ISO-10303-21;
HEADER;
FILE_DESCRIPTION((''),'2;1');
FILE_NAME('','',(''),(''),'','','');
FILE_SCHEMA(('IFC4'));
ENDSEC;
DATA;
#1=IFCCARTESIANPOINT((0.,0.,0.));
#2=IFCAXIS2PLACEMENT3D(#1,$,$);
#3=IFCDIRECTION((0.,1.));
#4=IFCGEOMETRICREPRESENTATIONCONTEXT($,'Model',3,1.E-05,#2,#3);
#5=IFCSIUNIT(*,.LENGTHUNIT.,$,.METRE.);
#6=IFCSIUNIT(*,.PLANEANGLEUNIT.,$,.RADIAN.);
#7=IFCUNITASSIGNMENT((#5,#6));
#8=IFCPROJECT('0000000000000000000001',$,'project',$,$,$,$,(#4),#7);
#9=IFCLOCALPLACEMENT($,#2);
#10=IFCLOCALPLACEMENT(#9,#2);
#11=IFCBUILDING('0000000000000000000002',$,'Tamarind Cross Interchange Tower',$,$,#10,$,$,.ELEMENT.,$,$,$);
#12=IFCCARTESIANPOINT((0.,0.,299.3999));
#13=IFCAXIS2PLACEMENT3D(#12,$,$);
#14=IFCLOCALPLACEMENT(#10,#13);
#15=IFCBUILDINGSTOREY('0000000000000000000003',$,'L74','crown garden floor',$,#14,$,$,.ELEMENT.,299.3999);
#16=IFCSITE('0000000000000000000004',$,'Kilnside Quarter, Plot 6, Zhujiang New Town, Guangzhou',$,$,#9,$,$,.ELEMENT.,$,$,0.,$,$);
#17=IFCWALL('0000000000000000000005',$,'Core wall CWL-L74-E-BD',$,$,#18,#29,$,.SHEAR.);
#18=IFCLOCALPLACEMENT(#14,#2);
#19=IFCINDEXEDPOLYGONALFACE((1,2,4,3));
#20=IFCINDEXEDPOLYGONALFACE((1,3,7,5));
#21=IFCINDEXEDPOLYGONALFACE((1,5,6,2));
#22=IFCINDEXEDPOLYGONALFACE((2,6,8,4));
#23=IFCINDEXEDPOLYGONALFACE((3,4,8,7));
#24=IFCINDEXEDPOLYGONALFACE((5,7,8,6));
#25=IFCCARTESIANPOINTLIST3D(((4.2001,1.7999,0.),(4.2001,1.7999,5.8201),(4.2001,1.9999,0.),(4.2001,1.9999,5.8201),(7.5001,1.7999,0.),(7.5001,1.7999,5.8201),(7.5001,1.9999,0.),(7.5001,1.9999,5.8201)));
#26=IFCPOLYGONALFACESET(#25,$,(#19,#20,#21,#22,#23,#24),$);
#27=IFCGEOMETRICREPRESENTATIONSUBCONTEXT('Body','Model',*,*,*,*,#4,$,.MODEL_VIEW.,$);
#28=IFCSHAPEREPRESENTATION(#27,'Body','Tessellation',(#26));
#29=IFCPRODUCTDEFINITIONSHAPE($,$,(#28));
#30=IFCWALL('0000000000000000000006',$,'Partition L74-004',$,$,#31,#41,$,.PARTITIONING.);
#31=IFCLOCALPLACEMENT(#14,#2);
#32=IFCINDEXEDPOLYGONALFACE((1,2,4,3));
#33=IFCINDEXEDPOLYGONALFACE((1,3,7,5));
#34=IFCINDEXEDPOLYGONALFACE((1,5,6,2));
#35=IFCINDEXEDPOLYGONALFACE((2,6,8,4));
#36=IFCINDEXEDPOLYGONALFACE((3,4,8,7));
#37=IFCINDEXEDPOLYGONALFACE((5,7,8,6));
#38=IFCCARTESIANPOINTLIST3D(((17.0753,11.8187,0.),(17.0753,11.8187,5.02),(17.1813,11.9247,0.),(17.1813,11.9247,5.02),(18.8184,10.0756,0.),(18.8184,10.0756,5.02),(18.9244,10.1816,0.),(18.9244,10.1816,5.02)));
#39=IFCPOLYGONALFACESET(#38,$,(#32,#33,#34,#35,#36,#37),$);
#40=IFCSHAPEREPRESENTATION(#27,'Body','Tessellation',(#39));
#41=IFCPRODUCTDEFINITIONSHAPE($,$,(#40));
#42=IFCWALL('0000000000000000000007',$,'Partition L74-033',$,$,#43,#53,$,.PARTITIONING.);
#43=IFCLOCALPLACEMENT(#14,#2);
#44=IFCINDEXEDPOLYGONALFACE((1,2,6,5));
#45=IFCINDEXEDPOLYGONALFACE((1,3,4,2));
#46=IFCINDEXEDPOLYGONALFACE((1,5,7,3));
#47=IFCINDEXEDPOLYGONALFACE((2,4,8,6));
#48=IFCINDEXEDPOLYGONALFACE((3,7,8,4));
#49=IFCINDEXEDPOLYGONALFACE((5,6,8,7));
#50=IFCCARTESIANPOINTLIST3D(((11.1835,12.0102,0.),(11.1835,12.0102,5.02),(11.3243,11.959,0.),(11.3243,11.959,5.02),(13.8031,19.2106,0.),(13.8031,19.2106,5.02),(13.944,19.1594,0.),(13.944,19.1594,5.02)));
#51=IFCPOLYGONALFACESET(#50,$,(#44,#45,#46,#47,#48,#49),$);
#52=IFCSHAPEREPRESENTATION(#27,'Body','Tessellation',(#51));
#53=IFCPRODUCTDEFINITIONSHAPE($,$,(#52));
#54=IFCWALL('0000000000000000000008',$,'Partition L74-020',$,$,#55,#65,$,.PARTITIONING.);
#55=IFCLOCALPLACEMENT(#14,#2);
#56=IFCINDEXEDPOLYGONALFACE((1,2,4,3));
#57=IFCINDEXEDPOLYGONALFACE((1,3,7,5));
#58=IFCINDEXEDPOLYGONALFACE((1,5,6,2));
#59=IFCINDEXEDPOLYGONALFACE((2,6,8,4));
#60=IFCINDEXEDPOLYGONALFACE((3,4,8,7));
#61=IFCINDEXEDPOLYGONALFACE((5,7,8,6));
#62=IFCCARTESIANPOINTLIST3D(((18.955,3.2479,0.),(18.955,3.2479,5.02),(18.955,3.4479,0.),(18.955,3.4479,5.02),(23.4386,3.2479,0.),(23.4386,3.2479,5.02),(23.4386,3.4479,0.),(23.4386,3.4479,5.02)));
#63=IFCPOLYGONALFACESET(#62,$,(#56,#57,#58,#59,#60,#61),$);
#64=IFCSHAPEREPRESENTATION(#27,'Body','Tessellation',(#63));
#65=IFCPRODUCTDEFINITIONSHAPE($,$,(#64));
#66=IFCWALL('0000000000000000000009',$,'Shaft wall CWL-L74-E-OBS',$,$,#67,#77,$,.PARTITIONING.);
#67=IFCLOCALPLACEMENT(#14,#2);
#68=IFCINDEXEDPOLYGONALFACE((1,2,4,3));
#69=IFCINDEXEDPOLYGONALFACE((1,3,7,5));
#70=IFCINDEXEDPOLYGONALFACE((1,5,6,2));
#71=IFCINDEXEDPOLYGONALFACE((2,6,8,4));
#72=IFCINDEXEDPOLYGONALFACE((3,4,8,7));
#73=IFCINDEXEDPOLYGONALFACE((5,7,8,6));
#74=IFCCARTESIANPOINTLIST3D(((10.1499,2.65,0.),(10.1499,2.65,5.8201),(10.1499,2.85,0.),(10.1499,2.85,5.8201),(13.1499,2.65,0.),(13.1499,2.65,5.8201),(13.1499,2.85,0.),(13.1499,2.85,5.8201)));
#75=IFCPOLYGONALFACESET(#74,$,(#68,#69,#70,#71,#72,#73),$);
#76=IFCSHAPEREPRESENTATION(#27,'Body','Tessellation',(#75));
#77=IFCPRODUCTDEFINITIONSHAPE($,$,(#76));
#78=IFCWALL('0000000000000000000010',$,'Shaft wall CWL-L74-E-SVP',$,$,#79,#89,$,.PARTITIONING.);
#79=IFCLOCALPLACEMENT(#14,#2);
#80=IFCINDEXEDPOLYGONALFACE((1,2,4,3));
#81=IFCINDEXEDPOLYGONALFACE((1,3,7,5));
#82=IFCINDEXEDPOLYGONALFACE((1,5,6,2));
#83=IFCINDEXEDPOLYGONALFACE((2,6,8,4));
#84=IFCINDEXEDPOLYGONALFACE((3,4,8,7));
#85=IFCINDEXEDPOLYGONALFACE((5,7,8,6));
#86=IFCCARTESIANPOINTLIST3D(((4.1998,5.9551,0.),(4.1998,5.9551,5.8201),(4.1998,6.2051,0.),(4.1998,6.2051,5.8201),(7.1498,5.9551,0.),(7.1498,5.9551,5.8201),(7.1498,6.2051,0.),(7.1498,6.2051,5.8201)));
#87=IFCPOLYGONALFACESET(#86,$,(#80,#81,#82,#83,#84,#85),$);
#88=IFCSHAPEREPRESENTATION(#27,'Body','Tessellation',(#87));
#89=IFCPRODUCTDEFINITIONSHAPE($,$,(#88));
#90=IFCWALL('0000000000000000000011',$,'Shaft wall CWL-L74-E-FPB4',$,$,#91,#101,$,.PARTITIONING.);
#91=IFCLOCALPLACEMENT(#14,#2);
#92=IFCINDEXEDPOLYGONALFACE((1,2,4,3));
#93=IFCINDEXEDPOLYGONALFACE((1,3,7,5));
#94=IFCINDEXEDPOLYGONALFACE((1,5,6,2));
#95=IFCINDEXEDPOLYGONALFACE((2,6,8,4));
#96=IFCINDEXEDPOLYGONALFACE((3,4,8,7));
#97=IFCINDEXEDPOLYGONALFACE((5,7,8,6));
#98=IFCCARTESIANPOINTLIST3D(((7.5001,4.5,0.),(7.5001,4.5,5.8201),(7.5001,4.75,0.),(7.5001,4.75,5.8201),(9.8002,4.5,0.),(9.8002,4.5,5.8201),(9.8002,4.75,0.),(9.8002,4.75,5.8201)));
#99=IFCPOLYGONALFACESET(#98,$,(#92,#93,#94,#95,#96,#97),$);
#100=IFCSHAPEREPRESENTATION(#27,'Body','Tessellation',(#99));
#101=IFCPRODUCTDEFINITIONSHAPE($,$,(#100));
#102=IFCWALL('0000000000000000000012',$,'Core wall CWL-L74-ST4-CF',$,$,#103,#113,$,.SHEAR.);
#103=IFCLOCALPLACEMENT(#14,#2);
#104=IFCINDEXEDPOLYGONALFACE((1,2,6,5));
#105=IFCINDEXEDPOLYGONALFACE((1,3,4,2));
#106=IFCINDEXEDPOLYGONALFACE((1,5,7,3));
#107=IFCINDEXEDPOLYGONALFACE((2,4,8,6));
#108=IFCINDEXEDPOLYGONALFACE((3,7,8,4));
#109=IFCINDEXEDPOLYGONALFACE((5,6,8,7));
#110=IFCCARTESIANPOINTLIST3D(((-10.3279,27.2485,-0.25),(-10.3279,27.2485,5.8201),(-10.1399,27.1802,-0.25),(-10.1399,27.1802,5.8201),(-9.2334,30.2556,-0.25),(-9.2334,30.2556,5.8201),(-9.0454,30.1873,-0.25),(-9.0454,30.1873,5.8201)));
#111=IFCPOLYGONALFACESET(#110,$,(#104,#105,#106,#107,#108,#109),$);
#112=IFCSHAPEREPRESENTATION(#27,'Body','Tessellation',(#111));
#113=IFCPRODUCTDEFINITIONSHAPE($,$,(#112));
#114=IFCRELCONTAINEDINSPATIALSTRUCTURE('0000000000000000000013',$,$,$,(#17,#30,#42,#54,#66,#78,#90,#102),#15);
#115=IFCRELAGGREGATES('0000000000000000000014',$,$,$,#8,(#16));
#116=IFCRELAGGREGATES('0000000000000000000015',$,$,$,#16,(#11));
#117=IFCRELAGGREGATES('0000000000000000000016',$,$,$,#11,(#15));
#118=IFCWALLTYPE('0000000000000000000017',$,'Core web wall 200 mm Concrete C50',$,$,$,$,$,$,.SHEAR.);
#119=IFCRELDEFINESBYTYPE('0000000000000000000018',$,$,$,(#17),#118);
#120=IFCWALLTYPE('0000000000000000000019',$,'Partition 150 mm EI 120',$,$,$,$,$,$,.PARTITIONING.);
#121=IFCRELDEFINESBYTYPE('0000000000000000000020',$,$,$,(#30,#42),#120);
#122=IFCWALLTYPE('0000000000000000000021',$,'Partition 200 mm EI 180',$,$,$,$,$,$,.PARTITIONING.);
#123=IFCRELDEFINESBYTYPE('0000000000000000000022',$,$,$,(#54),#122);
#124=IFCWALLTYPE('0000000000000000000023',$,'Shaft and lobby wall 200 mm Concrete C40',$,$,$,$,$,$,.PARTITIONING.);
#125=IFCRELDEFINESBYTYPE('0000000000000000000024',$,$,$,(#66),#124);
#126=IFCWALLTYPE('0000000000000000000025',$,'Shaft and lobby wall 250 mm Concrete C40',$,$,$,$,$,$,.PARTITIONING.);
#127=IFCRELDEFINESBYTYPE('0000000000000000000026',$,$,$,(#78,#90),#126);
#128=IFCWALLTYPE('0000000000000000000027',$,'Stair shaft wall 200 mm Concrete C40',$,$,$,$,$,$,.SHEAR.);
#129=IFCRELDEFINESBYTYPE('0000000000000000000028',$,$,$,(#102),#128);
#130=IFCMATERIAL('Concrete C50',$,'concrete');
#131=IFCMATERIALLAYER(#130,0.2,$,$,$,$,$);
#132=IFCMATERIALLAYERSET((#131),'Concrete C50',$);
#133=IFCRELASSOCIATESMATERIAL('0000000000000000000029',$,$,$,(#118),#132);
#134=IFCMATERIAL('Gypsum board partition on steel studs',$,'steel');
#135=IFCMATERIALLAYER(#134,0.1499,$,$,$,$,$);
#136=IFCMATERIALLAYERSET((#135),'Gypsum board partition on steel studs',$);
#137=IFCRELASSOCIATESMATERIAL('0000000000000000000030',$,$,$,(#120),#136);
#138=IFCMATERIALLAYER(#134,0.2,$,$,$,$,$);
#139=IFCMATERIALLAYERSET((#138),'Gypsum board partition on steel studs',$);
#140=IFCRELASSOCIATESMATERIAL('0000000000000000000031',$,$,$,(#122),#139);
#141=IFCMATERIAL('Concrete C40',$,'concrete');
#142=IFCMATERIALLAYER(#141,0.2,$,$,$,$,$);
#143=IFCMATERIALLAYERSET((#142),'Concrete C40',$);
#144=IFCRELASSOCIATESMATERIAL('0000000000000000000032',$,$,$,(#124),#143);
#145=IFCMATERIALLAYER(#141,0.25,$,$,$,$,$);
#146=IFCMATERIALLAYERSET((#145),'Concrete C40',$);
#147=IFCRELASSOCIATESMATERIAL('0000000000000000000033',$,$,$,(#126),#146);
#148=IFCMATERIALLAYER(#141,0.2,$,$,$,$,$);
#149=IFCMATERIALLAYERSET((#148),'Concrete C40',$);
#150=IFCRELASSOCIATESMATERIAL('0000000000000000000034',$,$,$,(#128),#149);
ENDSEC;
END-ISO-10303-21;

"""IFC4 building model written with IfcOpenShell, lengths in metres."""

from ifc_helpers import new_model, si_unit, direction, frame, frame_2d, origin, place, context, subcontext, project, spatial, polyline, rectangle, outline, extrude, material, layer, layer_set, type_object, element, save


model = new_model("IFC4")

# Units and contexts
model_context = context("Model", 3, precision=1e-05, world=origin(), true_north=direction((0.0, 1.0)))
body_context = subcontext(model_context, "Body", "Model", "MODEL_VIEW")
ifc_project = project(units=[si_unit("LENGTHUNIT", "METRE"), si_unit("PLANEANGLEUNIT", "RADIAN")], contexts=[model_context])

# Site, building, storey
site_placement = place(None, origin())
site = spatial("IfcSite", under=ifc_project, at=site_placement, Name="Kilnside Quarter, Plot 6, Zhujiang New Town, Guangzhou", CompositionType="ELEMENT", RefElevation=0.0)
building_placement = place(site_placement, origin())
building = spatial("IfcBuilding", under=site, at=building_placement, Name="Tamarind Cross Interchange Tower", CompositionType="ELEMENT")
storey_placement = place(building_placement, frame((0.0, 0.0, 299.3999)))
storey = spatial("IfcBuildingStorey", under=building, at=storey_placement, Name="L74", Description="crown garden floor", CompositionType="ELEMENT", Elevation=299.3999)

# Shared definitions
ifc_material_1 = material(Name="Concrete C40", Category="concrete")

# Shared definitions
ifc_material_2 = material(Name="Concrete C50", Category="concrete")

# Walls
ifc_layer_1 = layer(ifc_material_2, 0.2)
ifc_layer_set_1 = layer_set([ifc_layer_1], Name="Concrete C50")
wall_type_1 = type_object("IfcWallType", Name="Core web wall 200 mm Concrete C50", PredefinedType="SHEAR", material=ifc_layer_set_1)
wall_1_placement = place(storey_placement, frame((7.5, 1.8999, 0.0), z_axis=(0.0, 0.0, 1.0), x_axis=(-1.0, 0.0, 0.0)))
element("IfcWall", 1, at=wall_1_placement, inside=storey, type_object=wall_type_1, Name="Core wall CWL-L74-E-BD", PredefinedType="SHEAR", context=body_context, shape_type="SweptSolid", body=[
    extrude(rectangle(XDim=3.3, YDim=0.2, at=frame_2d((1.6499, 0.0))), origin(), (0.0, 0.0, 1.0), 5.8201),
])
ifc_material_3 = material(Name="Gypsum board partition on steel studs", Category="steel")
ifc_layer_2 = layer(ifc_material_3, 0.1499)
ifc_layer_set_2 = layer_set([ifc_layer_2], Name="Gypsum board partition on steel studs")
wall_type_2 = type_object("IfcWallType", Name="Partition 150 mm EI 120", PredefinedType="PARTITIONING", material=ifc_layer_set_2)
wall_2_placement = place(storey_placement, frame((17.1284, 11.8716, 0.0), z_axis=(0.0, 0.0, 1.0), x_axis=(0.707107, -0.707107, 0.0)))
element("IfcWall", 2, at=wall_2_placement, inside=storey, type_object=wall_type_2, Name="Partition L74-004", PredefinedType="PARTITIONING", context=body_context, shape_type="SweptSolid", body=[
    extrude(rectangle(XDim=2.4651, YDim=0.1499, at=frame_2d((1.2324, 0.0))), origin(), (0.0, 0.0, 1.0), 5.02),
])
wall_3_placement = place(storey_placement, frame((11.2539, 11.9846, 0.0), z_axis=(0.0, 0.0, 1.0), x_axis=(0.341891, 0.939739, 0.0)))
element("IfcWall", 3, at=wall_3_placement, inside=storey, type_object=wall_type_2, Name="Partition L74-033", PredefinedType="PARTITIONING", context=body_context, shape_type="SweptSolid", body=[
    extrude(rectangle(XDim=7.6621, YDim=0.1499, at=frame_2d((3.8311, 0.0))), origin(), (0.0, 0.0, 1.0), 5.02),
])
ifc_layer_3 = layer(ifc_material_3, 0.2)
ifc_layer_set_3 = layer_set([ifc_layer_3], Name="Gypsum board partition on steel studs")
wall_type_3 = type_object("IfcWallType", Name="Partition 200 mm EI 180", PredefinedType="PARTITIONING", material=ifc_layer_set_3)
wall_4_placement = place(storey_placement, frame((18.9551, 3.3479, 0.0), z_axis=(0.0, 0.0, 1.0), x_axis=(1.0, 0.0, 0.0)))
element("IfcWall", 4, at=wall_4_placement, inside=storey, type_object=wall_type_3, Name="Partition L74-020", PredefinedType="PARTITIONING", context=body_context, shape_type="SweptSolid", body=[
    extrude(rectangle(XDim=4.4836, YDim=0.2, at=frame_2d((2.2417, 0.0))), origin(), (0.0, 0.0, 1.0), 5.02),
])
ifc_layer_4 = layer(ifc_material_1, 0.2)
ifc_layer_set_4 = layer_set([ifc_layer_4], Name="Concrete C40")
wall_type_4 = type_object("IfcWallType", Name="Shaft and lobby wall 200 mm Concrete C40", PredefinedType="PARTITIONING", material=ifc_layer_set_4)
wall_5_placement = place(storey_placement, frame((13.1499, 2.75, 0.0), z_axis=(0.0, 0.0, 1.0), x_axis=(-1.0, 0.0, 0.0)))
element("IfcWall", 5, at=wall_5_placement, inside=storey, type_object=wall_type_4, Name="Shaft wall CWL-L74-E-OBS", PredefinedType="PARTITIONING", context=body_context, shape_type="SweptSolid", body=[
    extrude(rectangle(XDim=3.0, YDim=0.2, at=frame_2d((1.5, 0.0))), origin(), (0.0, 0.0, 1.0), 5.8201),
])
ifc_layer_5 = layer(ifc_material_1, 0.25)
ifc_layer_set_5 = layer_set([ifc_layer_5], Name="Concrete C40")
wall_type_5 = type_object("IfcWallType", Name="Shaft and lobby wall 250 mm Concrete C40", PredefinedType="PARTITIONING", material=ifc_layer_set_5)
wall_6_placement = place(storey_placement, frame((7.1499, 6.0801, 0.0), z_axis=(0.0, 0.0, 1.0), x_axis=(-1.0, 0.0, 0.0)))
element("IfcWall", 6, at=wall_6_placement, inside=storey, type_object=wall_type_5, Name="Shaft wall CWL-L74-E-SVP", PredefinedType="PARTITIONING", context=body_context, shape_type="SweptSolid", body=[
    extrude(rectangle(XDim=2.95, YDim=0.25, at=frame_2d((1.4751, 0.0))), origin(), (0.0, 0.0, 1.0), 5.8201),
])
wall_7_placement = place(storey_placement, frame((9.8, 4.625, 0.0), z_axis=(0.0, 0.0, 1.0), x_axis=(-1.0, 0.0, 0.0)))
element("IfcWall", 7, at=wall_7_placement, inside=storey, type_object=wall_type_5, Name="Shaft wall CWL-L74-E-FPB4", PredefinedType="PARTITIONING", context=body_context, shape_type="SweptSolid", body=[
    extrude(rectangle(XDim=2.3, YDim=0.25, at=frame_2d((1.1499, 0.0))), origin(), (0.0, 0.0, 1.0), 5.8201),
])
ifc_layer_6 = layer(ifc_material_1, 0.2)
ifc_layer_set_6 = layer_set([ifc_layer_6], Name="Concrete C40")
wall_type_6 = type_object("IfcWallType", Name="Stair shaft wall 200 mm Concrete C40", PredefinedType="SHEAR", material=ifc_layer_set_6)
wall_8_placement = place(storey_placement, frame((0.0, 0.0, -0.25)))
element("IfcWall", 8, at=wall_8_placement, inside=storey, type_object=wall_type_6, Name="Core wall CWL-L74-ST4-CF", PredefinedType="SHEAR", context=body_context, shape_type="SweptSolid", body=[
    extrude(outline(polyline([(-9.0454, 30.1873), (-9.2334, 30.2556), (-10.3279, 27.2485), (-10.1399, 27.1802), (-9.0454, 30.1873)])), origin(), (0.0, 0.0, 1.0), 6.0701),
])

save(model, "model.ifc")
